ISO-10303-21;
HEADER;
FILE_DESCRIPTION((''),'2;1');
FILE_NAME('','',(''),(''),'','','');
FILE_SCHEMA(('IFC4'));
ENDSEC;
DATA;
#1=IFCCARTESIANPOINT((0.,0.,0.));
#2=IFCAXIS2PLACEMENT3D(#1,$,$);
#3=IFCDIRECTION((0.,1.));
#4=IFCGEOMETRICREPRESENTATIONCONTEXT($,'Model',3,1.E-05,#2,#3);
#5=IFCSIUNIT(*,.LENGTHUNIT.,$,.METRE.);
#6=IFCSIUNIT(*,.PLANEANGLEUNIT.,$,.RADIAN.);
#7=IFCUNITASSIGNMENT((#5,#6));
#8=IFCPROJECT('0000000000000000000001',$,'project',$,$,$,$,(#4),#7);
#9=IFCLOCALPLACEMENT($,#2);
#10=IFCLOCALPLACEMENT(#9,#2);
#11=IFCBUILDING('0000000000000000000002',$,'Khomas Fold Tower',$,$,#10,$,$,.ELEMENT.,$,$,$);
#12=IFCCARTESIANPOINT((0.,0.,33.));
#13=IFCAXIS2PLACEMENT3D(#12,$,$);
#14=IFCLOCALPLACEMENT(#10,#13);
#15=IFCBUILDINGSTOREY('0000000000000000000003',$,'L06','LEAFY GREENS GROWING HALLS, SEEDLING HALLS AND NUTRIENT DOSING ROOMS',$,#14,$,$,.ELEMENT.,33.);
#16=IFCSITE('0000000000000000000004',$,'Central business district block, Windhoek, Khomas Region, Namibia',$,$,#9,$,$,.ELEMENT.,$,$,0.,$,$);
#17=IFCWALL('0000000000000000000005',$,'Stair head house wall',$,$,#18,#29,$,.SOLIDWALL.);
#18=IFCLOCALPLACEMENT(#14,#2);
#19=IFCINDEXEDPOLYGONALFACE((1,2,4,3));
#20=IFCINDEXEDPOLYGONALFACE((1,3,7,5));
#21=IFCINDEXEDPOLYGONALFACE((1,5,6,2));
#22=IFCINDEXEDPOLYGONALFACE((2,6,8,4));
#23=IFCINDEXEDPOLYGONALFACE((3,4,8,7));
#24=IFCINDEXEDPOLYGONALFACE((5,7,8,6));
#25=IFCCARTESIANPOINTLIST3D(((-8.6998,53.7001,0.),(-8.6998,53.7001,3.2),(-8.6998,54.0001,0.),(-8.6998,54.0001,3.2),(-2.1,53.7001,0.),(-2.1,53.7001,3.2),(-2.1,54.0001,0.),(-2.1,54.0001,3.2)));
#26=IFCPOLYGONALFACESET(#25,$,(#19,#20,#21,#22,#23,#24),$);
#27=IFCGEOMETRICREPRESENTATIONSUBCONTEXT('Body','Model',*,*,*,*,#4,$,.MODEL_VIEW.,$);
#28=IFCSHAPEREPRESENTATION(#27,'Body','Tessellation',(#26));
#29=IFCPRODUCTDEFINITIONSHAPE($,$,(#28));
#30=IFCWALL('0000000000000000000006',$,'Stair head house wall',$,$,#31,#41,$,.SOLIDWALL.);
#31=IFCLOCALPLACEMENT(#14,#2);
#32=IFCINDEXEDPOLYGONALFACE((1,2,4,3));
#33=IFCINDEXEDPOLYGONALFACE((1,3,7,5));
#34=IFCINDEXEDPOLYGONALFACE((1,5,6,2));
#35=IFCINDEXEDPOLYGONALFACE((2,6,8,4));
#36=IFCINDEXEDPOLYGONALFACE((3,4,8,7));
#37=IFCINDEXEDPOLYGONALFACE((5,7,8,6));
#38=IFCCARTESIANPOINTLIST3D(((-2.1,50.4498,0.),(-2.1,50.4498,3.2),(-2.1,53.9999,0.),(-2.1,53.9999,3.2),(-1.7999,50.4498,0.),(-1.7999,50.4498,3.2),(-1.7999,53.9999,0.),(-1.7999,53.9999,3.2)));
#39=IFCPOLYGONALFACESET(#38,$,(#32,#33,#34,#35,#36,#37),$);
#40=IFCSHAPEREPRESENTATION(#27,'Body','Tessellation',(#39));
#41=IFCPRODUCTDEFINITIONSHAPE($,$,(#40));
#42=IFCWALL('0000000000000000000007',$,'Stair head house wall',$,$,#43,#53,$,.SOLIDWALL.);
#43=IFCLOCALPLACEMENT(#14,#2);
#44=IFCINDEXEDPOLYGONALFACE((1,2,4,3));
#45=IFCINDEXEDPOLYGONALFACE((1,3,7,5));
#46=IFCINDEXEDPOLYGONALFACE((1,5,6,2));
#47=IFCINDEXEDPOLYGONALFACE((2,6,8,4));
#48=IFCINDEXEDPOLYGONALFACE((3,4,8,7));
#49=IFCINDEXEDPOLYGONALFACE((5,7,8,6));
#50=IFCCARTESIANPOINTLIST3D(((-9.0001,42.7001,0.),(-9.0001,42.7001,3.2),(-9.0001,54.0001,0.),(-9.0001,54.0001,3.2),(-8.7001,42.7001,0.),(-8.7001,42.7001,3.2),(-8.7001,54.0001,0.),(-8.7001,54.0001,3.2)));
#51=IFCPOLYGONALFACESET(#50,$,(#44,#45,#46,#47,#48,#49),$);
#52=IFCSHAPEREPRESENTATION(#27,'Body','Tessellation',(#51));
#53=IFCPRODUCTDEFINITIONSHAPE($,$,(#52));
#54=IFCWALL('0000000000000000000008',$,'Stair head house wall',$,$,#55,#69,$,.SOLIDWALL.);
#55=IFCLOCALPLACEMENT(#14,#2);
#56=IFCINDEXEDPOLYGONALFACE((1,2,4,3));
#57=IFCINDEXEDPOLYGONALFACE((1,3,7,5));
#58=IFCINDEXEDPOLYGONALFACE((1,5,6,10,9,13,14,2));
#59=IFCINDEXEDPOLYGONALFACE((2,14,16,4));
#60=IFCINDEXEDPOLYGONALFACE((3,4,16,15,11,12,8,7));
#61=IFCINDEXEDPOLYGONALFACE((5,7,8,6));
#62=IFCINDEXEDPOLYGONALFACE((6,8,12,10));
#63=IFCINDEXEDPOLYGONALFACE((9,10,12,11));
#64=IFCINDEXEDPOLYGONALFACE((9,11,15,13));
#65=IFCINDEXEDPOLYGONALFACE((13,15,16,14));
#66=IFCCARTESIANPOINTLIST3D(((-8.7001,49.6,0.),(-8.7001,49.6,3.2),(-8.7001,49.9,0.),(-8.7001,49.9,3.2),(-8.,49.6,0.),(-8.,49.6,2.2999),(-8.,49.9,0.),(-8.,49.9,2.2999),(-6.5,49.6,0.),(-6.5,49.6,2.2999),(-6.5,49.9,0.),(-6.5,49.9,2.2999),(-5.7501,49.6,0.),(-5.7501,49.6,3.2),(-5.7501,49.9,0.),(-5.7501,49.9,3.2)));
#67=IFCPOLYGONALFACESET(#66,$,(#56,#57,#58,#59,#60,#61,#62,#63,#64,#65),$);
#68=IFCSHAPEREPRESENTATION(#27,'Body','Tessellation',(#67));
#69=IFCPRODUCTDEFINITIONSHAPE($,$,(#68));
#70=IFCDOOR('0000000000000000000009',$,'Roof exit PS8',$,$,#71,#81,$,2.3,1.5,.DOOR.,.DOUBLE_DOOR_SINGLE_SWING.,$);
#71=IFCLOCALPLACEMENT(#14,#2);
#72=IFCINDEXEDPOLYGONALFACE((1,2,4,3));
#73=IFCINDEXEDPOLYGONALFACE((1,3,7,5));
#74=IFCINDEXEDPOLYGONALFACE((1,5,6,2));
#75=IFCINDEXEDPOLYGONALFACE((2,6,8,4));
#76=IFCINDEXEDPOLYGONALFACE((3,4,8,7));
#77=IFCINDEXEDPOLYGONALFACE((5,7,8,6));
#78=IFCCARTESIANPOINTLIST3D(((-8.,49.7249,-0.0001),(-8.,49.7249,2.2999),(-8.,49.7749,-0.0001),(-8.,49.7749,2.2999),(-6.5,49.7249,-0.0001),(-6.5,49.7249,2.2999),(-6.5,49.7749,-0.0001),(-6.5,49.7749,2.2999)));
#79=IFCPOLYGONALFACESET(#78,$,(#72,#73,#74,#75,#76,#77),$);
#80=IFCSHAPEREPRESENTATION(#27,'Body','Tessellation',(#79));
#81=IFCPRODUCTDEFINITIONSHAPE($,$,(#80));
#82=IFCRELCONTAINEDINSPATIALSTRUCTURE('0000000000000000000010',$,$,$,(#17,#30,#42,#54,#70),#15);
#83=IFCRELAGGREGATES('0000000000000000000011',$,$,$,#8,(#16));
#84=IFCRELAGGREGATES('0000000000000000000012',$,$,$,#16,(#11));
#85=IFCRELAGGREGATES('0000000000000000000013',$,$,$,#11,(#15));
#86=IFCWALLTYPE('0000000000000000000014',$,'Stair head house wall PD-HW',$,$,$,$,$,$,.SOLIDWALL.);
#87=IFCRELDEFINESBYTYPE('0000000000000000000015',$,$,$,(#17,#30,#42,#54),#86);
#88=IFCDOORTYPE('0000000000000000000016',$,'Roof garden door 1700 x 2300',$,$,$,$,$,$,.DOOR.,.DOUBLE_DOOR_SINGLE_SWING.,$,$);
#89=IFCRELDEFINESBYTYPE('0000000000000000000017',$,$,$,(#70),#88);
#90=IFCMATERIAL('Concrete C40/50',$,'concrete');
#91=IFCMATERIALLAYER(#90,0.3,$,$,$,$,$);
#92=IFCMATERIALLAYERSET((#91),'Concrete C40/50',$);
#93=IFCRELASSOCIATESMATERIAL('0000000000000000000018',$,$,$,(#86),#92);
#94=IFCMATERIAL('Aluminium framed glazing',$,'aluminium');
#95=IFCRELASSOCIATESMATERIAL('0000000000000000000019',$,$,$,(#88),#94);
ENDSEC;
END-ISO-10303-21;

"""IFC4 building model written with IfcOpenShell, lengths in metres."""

from ifc_helpers import new_model, si_unit, direction, frame, frame_2d, origin, place, context, subcontext, project, spatial, rectangle, extrude, source, transform, mapped, material, layer, layer_set, type_object, element, fill, save


model = new_model("IFC4")

# Units and contexts
model_context = context("Model", 3, precision=1e-05, world=origin(), true_north=direction((0.0, 1.0)))
body_context = subcontext(model_context, "Body", "Model", "MODEL_VIEW")
ifc_project = project(units=[si_unit("LENGTHUNIT", "METRE"), si_unit("PLANEANGLEUNIT", "RADIAN")], contexts=[model_context])

# Site, building, storey
site_placement = place(None, origin())
site = spatial("IfcSite", under=ifc_project, at=site_placement, Name="Central business district block, Windhoek, Khomas Region, Namibia", CompositionType="ELEMENT", RefElevation=0.0)
building_placement = place(site_placement, origin())
building = spatial("IfcBuilding", under=site, at=building_placement, Name="Khomas Fold Tower", CompositionType="ELEMENT")
storey_placement = place(building_placement, frame((0.0, 0.0, 33.0)))
storey = spatial("IfcBuildingStorey", under=building, at=storey_placement, Name="L06", Description="LEAFY GREENS GROWING HALLS, SEEDLING HALLS AND NUTRIENT DOSING ROOMS", CompositionType="ELEMENT", Elevation=33.0)

# Shared definitions
ifc_material_1 = material(Name="Concrete C40/50", Category="concrete")
ifc_layer_1 = layer(ifc_material_1, 0.3)
ifc_layer_set_1 = layer_set([ifc_layer_1], Name="Concrete C40/50")
wall_type = type_object("IfcWallType", Name="Stair head house wall PD-HW", PredefinedType="SOLIDWALL", material=ifc_layer_set_1)
shared_shape_1 = source(origin(), body_context, "Body", "SweptSolid", [
    extrude(rectangle(XDim=6.5999, YDim=0.3, at=frame_2d((3.2998, 0.0))), origin(), (0.0, 0.0, 1.0), 3.2),
])
shared_shape_2 = source(origin(), body_context, "Body", "SweptSolid", [
    extrude(rectangle(XDim=1.5, YDim=2.3, at=frame_2d((0.75, 1.1499))), frame((0.0, 0.1599, 0.0), z_axis=(0.0, -1.0, 0.0), x_axis=(1.0, 0.0, 0.0)), (0.0, 0.0, 1.0), 0.3201),
])
ifc_material_2 = material(Name="Aluminium framed glazing", Category="aluminium")
door_type = type_object("IfcDoorType", Name="Roof garden door 1700 x 2300", OperationType="DOUBLE_DOOR_SINGLE_SWING", PredefinedType="DOOR", material=ifc_material_2)
shared_shape_3 = source(origin(), body_context, "Body", "SweptSolid", [
    extrude(rectangle(XDim=1.5, YDim=2.3, at=frame_2d((0.75, 1.1499))), frame((0.0, 0.0249, 0.0), z_axis=(0.0, -1.0, 0.0), x_axis=(1.0, 0.0, 0.0)), (0.0, 0.0, 1.0), 0.05),
])

# Walls
wall_1_placement = place(storey_placement, frame((-2.1001, 53.8501, 0.0), z_axis=(0.0, 0.0, 1.0), x_axis=(-1.0, 0.0, 0.0)))
element("IfcWall", 1, at=wall_1_placement, inside=storey, type_object=wall_type, Name="Stair head house wall", PredefinedType="SOLIDWALL", context=body_context, shape_type="MappedRepresentation", body=[
    mapped(shared_shape_1, transform((0.0, 0.0, 0.0))),
])
shared_shape_4 = source(origin(), body_context, "Body", "SweptSolid", [
    extrude(rectangle(XDim=3.55, YDim=0.3, at=frame_2d((1.7749, 0.0))), origin(), (0.0, 0.0, 1.0), 3.2),
])
wall_2_placement = place(storey_placement, frame((-1.95, 50.45, 0.0), z_axis=(0.0, 0.0, 1.0), x_axis=(0.0, 1.0, 0.0)))
element("IfcWall", 2, at=wall_2_placement, inside=storey, type_object=wall_type, Name="Stair head house wall", PredefinedType="SOLIDWALL", context=body_context, shape_type="MappedRepresentation", body=[
    mapped(shared_shape_4, transform((0.0, 0.0, 0.0))),
])
shared_shape_5 = source(origin(), body_context, "Body", "SweptSolid", [
    extrude(rectangle(XDim=11.3, YDim=0.3, at=frame_2d((5.6499, 0.0))), origin(), (0.0, 0.0, 1.0), 3.2),
])
wall_3_placement = place(storey_placement, frame((-8.8501, 54.0, 0.0), z_axis=(0.0, 0.0, 1.0), x_axis=(0.0, -1.0, 0.0)))
element("IfcWall", 3, at=wall_3_placement, inside=storey, type_object=wall_type, Name="Stair head house wall", PredefinedType="SOLIDWALL", context=body_context, shape_type="MappedRepresentation", body=[
    mapped(shared_shape_5, transform((0.0, 0.0, 0.0))),
])

# Wall, opening, door
shared_shape_6 = source(origin(), body_context, "Body", "SweptSolid", [
    extrude(rectangle(XDim=2.95, YDim=0.3, at=frame_2d((1.4751, 0.0))), origin(), (0.0, 0.0, 1.0), 3.2),
])
wall_4_placement = place(storey_placement, frame((-5.75, 49.75, 0.0), z_axis=(0.0, 0.0, 1.0), x_axis=(-1.0, 0.0, 0.0)))
wall_4 = element("IfcWall", 4, at=wall_4_placement, inside=storey, type_object=wall_type, Name="Stair head house wall", PredefinedType="SOLIDWALL", context=body_context, shape_type="MappedRepresentation", body=[
    mapped(shared_shape_6, transform((0.0, 0.0, 0.0))),
])
opening_1_placement = place(wall_4_placement, frame((2.25, 0.0, 0.0), z_axis=(0.0, 0.0, 1.0), x_axis=(-1.0, 0.0, 0.0)))
opening_1 = element("IfcOpeningElement", 5, at=opening_1_placement, cuts=wall_4, PredefinedType="OPENING", context=body_context, shape_type="MappedRepresentation", body=[
    mapped(shared_shape_2, transform((0.0, 0.0, 0.0))),
])
door_1_placement = place(opening_1_placement, origin())
door_1 = element("IfcDoor", 6, at=door_1_placement, inside=storey, type_object=door_type, Name="Roof exit PS8", OperationType="DOUBLE_DOOR_SINGLE_SWING", OverallHeight=2.3, OverallWidth=1.5, PredefinedType="DOOR", context=body_context, shape_type="MappedRepresentation", body=[
    mapped(shared_shape_3, transform((0.0, 0.0, 0.0))),
])
fill(opening_1, door_1)

save(model, "model.ifc")
